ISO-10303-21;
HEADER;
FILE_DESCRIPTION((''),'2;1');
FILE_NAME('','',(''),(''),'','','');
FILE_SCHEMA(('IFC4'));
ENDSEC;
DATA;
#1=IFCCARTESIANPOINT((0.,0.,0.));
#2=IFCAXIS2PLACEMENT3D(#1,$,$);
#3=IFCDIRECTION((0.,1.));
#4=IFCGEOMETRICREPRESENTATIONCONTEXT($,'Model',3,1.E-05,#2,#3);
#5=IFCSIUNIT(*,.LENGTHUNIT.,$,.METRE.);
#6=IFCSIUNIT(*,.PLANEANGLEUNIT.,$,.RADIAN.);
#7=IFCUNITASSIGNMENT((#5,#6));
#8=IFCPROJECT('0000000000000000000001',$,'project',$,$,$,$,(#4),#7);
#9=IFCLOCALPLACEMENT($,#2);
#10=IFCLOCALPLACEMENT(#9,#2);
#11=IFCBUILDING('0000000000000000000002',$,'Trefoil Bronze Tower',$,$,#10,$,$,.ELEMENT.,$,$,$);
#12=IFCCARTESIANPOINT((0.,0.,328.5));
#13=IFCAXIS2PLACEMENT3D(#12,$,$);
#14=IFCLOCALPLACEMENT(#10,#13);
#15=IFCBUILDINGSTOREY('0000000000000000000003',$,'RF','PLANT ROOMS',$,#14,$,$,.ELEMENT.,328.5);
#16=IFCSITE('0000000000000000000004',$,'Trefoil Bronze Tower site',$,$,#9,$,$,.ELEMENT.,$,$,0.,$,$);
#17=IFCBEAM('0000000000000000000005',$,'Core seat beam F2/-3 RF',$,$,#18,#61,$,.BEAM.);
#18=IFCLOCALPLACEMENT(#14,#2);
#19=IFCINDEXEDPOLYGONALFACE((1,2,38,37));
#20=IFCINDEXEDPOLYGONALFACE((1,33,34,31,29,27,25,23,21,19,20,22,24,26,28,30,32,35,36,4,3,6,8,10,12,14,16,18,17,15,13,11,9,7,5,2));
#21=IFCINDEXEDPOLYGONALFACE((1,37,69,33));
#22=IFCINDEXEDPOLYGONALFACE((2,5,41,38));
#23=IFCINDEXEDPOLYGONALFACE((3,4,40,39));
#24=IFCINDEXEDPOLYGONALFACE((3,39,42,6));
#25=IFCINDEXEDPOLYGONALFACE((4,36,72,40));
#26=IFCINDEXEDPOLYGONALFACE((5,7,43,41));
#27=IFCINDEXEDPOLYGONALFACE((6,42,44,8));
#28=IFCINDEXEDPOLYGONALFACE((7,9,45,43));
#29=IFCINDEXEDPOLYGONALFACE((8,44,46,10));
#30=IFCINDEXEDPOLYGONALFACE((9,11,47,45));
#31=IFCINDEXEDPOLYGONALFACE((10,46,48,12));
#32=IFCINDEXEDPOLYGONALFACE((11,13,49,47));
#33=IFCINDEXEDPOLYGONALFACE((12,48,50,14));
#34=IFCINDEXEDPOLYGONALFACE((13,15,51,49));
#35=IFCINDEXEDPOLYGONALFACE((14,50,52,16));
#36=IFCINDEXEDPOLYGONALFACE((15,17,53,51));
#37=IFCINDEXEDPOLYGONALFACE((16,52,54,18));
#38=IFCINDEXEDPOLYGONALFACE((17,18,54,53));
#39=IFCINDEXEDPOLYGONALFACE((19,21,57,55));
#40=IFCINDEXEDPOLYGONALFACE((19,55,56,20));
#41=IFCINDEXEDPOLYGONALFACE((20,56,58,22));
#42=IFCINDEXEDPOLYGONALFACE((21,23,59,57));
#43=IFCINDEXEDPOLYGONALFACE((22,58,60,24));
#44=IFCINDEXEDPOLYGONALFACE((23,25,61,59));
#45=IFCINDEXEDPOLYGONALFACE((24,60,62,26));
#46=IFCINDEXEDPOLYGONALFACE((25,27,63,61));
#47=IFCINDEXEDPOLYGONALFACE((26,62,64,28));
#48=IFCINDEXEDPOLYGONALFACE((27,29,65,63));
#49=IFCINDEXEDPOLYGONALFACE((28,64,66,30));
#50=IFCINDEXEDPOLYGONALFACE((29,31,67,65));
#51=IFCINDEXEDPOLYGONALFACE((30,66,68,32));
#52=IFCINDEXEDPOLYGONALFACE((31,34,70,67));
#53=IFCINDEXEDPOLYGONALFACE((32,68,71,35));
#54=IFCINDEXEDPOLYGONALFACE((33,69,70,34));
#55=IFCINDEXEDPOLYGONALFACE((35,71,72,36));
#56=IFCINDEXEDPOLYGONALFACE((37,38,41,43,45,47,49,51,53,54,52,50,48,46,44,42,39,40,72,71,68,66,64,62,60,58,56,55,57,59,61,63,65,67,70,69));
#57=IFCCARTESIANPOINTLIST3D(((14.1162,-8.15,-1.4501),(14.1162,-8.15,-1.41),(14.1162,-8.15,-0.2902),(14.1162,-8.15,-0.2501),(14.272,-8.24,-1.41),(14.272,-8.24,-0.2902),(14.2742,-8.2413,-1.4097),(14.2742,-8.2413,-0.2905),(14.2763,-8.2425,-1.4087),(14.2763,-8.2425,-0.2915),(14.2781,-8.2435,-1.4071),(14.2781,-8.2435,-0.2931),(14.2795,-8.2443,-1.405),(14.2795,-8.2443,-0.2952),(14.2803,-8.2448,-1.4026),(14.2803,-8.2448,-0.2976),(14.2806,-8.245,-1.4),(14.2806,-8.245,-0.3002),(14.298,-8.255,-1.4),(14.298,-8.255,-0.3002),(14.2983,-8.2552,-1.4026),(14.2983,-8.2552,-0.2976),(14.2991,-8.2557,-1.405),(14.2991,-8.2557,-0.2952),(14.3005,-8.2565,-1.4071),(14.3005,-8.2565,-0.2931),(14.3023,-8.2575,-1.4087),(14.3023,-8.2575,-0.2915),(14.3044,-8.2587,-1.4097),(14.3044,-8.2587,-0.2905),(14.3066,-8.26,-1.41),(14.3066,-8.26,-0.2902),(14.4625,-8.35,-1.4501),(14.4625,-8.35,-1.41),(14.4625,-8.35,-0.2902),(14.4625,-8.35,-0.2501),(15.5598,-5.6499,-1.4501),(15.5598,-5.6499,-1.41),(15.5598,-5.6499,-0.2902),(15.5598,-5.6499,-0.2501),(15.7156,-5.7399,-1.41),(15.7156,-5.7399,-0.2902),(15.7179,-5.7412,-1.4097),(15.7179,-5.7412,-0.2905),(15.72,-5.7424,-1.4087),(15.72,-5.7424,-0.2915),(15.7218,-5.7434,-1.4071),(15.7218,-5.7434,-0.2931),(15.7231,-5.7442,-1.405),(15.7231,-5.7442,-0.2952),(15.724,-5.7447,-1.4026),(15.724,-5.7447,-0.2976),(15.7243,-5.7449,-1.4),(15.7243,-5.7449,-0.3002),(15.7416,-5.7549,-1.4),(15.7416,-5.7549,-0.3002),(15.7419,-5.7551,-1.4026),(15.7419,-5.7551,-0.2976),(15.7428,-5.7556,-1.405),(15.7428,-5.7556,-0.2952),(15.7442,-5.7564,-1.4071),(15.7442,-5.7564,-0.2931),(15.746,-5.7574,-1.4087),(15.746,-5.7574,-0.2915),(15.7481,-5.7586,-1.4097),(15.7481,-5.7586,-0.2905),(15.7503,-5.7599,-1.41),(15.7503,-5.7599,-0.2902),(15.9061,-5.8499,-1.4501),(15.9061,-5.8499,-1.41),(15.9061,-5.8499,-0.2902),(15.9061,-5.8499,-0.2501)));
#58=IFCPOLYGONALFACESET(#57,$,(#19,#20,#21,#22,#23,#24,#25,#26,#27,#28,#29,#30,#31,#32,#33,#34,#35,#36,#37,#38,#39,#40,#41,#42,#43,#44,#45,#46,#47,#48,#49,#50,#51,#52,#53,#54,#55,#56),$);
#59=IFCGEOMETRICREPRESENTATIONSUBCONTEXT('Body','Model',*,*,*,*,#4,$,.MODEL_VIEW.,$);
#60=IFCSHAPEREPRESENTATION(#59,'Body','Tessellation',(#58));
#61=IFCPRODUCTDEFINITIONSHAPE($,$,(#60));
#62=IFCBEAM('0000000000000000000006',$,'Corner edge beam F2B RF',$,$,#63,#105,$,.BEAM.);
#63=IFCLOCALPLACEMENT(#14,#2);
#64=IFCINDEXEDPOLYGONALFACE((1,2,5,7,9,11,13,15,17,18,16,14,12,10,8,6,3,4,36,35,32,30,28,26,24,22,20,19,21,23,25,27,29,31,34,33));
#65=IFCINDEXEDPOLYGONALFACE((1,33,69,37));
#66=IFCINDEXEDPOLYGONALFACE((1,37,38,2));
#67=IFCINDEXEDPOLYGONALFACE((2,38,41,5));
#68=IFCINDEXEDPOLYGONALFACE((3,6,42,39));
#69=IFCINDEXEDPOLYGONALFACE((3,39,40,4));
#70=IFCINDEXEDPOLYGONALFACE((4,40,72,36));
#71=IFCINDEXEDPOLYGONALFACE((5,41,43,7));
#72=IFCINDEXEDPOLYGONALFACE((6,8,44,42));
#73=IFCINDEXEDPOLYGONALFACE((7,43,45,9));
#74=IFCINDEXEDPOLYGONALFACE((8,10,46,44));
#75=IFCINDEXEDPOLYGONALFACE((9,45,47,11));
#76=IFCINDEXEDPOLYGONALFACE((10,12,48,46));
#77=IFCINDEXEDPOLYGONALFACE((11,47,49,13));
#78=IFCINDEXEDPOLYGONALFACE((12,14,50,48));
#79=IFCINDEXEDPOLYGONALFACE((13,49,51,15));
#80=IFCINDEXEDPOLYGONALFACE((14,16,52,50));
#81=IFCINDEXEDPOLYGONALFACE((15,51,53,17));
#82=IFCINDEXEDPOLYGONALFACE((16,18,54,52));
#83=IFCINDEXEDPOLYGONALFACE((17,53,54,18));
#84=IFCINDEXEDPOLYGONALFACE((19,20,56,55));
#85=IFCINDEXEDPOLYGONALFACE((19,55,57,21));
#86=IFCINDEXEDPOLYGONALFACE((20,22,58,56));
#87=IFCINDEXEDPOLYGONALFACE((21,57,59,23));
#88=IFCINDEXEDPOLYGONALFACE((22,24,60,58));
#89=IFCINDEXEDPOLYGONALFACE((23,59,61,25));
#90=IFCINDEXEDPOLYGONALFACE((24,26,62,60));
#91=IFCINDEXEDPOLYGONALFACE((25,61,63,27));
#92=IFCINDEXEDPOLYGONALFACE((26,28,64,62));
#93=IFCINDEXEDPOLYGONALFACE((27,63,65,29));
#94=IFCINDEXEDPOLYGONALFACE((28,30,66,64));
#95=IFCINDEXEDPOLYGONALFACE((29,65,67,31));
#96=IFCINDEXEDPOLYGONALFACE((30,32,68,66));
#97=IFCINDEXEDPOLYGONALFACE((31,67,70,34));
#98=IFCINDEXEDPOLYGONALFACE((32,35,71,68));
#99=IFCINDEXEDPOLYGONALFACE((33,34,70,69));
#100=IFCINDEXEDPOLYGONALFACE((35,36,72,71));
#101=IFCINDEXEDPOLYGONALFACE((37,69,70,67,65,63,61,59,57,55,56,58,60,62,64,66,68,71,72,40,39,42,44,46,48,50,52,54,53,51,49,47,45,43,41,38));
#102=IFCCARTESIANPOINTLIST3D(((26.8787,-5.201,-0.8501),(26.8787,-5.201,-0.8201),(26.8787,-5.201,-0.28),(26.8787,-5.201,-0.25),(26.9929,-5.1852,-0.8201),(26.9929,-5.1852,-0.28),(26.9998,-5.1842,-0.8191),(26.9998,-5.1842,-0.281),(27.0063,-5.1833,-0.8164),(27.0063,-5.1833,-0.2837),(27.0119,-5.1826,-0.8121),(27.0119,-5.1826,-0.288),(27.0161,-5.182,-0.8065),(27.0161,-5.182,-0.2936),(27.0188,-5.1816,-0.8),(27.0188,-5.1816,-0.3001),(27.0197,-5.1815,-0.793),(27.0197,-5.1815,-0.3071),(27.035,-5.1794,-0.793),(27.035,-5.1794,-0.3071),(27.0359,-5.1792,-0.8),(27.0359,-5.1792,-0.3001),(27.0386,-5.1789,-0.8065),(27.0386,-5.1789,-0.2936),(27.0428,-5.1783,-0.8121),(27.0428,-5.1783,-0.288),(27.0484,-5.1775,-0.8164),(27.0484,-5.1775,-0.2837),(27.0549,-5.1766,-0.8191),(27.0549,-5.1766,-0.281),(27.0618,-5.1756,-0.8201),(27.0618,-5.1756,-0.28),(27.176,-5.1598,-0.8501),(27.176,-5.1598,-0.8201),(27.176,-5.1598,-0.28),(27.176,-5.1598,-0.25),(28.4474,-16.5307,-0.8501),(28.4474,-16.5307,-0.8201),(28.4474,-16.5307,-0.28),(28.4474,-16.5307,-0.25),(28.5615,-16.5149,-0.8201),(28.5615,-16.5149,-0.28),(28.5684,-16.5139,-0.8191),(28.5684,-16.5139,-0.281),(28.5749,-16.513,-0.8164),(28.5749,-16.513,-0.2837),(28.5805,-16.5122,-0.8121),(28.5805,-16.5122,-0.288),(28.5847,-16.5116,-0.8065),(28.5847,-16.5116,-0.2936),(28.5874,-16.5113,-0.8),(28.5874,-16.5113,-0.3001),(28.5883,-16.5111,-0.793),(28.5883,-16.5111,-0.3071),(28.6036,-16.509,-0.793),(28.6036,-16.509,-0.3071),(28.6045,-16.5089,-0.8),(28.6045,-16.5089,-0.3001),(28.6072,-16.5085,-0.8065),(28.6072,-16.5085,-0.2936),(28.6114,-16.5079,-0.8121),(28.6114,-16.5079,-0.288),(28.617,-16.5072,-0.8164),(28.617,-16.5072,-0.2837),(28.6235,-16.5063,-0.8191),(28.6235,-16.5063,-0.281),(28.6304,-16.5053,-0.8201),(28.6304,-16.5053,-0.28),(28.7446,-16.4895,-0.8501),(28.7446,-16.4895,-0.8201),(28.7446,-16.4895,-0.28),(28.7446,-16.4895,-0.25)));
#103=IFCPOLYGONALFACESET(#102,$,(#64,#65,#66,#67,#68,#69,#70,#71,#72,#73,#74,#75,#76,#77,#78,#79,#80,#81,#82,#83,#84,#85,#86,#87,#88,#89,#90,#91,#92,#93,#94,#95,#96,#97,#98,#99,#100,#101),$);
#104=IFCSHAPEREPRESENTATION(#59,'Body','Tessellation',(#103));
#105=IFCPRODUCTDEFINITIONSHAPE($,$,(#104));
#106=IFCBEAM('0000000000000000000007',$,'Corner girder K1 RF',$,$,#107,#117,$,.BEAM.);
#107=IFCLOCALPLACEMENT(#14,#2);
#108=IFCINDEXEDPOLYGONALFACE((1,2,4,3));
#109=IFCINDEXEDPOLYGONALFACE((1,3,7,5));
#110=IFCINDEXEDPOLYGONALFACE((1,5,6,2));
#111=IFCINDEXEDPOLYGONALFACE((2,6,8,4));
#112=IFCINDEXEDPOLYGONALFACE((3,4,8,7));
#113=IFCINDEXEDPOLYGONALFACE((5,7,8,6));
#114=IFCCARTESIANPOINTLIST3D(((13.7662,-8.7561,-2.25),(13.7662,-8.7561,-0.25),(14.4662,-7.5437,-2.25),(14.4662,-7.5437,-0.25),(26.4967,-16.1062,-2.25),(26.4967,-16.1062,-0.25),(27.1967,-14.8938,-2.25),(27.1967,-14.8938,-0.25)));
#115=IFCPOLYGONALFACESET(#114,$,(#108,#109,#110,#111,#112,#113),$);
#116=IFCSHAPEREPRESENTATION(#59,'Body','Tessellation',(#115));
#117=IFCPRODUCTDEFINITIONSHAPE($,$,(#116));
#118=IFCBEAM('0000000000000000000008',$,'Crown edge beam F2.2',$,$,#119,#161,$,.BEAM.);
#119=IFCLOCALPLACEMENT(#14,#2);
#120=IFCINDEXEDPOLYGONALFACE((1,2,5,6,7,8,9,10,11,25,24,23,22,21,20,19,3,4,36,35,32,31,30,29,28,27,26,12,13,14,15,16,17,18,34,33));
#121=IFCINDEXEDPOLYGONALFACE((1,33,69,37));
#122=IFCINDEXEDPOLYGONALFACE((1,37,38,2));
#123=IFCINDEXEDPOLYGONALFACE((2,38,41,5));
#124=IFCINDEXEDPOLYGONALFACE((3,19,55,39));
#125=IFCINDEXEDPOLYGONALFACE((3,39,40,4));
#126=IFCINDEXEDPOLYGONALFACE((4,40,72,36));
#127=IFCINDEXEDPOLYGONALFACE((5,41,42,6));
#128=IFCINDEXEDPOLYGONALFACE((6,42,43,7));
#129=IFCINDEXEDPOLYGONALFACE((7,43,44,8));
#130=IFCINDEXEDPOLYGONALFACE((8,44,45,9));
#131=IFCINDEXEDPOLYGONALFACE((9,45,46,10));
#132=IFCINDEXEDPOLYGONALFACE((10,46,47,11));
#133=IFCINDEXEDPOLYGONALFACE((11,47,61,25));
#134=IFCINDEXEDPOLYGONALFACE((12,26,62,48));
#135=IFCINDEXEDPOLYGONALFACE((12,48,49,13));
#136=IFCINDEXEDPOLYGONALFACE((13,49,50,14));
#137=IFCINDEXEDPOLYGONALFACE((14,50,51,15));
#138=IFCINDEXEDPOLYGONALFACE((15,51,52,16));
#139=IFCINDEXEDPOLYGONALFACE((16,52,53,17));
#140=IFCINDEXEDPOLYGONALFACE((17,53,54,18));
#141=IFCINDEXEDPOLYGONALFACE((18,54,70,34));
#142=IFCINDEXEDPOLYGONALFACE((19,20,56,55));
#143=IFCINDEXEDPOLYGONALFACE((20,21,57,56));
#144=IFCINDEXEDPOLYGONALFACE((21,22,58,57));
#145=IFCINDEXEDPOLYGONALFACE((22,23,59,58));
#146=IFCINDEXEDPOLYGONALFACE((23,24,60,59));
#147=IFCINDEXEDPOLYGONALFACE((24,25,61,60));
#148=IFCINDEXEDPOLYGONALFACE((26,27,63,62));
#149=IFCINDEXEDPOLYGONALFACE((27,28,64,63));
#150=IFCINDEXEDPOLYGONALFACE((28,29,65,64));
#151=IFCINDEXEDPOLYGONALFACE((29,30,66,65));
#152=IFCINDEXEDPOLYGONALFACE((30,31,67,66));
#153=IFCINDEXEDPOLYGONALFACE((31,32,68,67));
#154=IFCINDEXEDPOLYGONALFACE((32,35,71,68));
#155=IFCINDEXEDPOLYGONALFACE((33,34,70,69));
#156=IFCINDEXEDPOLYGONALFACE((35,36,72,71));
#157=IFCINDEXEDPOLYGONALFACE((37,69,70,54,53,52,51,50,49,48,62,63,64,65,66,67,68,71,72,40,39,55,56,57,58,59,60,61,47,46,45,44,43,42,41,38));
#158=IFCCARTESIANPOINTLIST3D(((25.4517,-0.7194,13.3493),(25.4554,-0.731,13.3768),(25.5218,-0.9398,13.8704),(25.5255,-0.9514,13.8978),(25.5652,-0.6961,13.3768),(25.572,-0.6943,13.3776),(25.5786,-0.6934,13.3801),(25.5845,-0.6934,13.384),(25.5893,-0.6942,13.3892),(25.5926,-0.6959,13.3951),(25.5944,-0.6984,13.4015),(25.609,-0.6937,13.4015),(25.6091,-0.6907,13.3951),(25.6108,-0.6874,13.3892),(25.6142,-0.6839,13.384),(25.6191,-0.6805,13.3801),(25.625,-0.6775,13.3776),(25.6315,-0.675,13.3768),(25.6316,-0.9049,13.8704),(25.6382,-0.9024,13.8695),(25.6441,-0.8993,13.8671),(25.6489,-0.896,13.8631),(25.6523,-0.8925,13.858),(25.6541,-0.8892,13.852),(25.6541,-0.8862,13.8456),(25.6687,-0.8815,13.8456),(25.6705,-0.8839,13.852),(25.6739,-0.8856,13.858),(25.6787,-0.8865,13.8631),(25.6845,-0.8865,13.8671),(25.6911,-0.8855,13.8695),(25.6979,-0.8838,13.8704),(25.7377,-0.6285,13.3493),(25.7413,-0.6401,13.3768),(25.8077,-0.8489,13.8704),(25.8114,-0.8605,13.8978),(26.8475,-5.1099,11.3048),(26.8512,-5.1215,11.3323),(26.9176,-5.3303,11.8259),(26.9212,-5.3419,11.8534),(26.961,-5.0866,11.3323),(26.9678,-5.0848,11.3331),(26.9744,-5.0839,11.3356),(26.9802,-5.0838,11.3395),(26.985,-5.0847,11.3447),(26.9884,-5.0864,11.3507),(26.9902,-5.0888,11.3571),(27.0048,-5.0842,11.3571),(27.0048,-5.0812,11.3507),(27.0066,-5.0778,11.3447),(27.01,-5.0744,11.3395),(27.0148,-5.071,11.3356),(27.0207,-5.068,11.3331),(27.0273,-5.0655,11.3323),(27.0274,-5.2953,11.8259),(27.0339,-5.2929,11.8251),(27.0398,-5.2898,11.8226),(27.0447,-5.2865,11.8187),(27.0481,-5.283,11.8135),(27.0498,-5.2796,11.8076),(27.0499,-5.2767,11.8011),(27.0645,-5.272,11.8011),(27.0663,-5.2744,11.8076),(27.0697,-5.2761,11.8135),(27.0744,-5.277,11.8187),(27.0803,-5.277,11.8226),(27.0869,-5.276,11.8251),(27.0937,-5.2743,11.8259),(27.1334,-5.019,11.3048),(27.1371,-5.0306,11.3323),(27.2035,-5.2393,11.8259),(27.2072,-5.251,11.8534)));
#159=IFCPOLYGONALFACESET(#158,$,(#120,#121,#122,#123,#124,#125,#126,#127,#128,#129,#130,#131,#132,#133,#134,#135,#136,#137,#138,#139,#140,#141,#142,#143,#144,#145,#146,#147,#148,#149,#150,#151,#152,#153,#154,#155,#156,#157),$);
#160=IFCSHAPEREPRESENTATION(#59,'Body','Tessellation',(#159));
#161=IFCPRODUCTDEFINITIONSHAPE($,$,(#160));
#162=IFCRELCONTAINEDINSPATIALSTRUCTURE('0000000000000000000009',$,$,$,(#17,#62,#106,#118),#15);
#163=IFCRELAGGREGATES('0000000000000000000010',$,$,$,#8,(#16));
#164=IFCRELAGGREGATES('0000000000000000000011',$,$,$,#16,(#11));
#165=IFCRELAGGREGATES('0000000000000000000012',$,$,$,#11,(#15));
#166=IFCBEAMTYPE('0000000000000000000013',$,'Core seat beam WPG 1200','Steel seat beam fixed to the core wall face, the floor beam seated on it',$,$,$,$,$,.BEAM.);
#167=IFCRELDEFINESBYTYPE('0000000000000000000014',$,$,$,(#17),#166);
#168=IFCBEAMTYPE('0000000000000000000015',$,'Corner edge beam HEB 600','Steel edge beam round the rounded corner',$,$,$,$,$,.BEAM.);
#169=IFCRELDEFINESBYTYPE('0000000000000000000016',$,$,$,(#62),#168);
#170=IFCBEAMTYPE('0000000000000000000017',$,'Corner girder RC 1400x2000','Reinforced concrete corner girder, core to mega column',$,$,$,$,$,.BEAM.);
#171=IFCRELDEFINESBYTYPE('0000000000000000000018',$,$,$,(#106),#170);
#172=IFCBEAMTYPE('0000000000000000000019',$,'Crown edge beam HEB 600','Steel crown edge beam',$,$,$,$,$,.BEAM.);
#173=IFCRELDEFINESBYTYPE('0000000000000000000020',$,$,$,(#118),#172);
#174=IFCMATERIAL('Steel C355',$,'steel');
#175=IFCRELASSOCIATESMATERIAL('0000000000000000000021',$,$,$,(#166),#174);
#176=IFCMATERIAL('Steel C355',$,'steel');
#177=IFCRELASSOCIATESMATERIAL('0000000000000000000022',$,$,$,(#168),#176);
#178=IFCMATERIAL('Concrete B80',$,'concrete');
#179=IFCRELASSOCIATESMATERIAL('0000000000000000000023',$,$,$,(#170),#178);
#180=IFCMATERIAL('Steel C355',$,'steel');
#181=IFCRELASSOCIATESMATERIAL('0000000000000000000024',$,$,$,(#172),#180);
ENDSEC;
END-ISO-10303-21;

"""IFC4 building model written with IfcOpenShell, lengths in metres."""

from ifc_helpers import new_model, si_unit, direction, frame, origin, origin_2d, place, context, subcontext, project, spatial, rectangle, i_section, extrude, material, material_profile, profile_set, type_object, element, save


model = new_model("IFC4")

# Units and contexts
model_context = context("Model", 3, precision=1e-05, world=origin(), true_north=direction((0.0, 1.0)))
body_context = subcontext(model_context, "Body", "Model", "MODEL_VIEW")
ifc_project = project(units=[si_unit("LENGTHUNIT", "METRE"), si_unit("PLANEANGLEUNIT", "RADIAN")], contexts=[model_context])

# Site, building, storey
site_placement = place(None, origin())
site = spatial("IfcSite", under=ifc_project, at=site_placement, Name="Trefoil Bronze Tower site", CompositionType="ELEMENT", RefElevation=0.0)
building_placement = place(site_placement, origin())
building = spatial("IfcBuilding", under=site, at=building_placement, Name="Trefoil Bronze Tower", CompositionType="ELEMENT")
storey_placement = place(building_placement, frame((0.0, 0.0, 328.5)))
storey = spatial("IfcBuildingStorey", under=building, at=storey_placement, Name="RF", Description="PLANT ROOMS", CompositionType="ELEMENT", Elevation=328.5)

# Beams
ifc_material_1 = material(Name="Steel C355", Category="steel")
ifc_material_profile_1 = material_profile(ifc_material_1, i_section(OverallWidth=0.3999, OverallDepth=1.2, WebThickness=0.02, FlangeThickness=0.04, FilletRadius=0.01, at=origin_2d()), Name="WPG 1200")
ifc_profile_set_1 = profile_set([ifc_material_profile_1], Name="Steel C355")
beam_type_1 = type_object("IfcBeamType", Name="Core seat beam WPG 1200", Description="Steel seat beam fixed to the core wall face, the floor beam seated on it", PredefinedType="BEAM", material=ifc_profile_set_1)
beam_1_placement = place(storey_placement, frame((14.2893, -8.25, -0.8501), z_axis=(0.500059, 0.865991, 0.0), x_axis=(-0.865991, 0.500059, 0.0)))
element("IfcBeam", 1, at=beam_1_placement, inside=storey, type_object=beam_type_1, Name="Core seat beam F2/-3 RF", PredefinedType="BEAM", context=body_context, shape_type="SweptSolid", body=[
    extrude(i_section(OverallWidth=0.3999, OverallDepth=1.2, WebThickness=0.02, FlangeThickness=0.04, FilletRadius=0.01, at=origin_2d()), origin(), (0.0, 0.0, 1.0), 2.887),
])
ifc_material_2 = material(Name="Steel C355", Category="steel")
ifc_material_profile_2 = material_profile(ifc_material_2, i_section(OverallWidth=0.3, OverallDepth=0.6001, WebThickness=0.0154, FlangeThickness=0.03, FilletRadius=0.0271, at=origin_2d()), Name="HEB 600")
ifc_profile_set_2 = profile_set([ifc_material_profile_2], Name="Steel C355")
beam_type_2 = type_object("IfcBeamType", Name="Corner edge beam HEB 600", Description="Steel edge beam round the rounded corner", PredefinedType="BEAM", material=ifc_profile_set_2)
beam_2_placement = place(storey_placement, frame((27.0273, -5.1804, -0.55), z_axis=(0.137144, -0.990551, 0.0), x_axis=(0.990551, 0.137144, 0.0)))
element("IfcBeam", 2, at=beam_2_placement, inside=storey, type_object=beam_type_2, Name="Corner edge beam F2B RF", PredefinedType="BEAM", context=body_context, shape_type="SweptSolid", body=[
    extrude(i_section(OverallWidth=0.3, OverallDepth=0.6001, WebThickness=0.0154, FlangeThickness=0.03, FilletRadius=0.0271, at=origin_2d()), origin(), (0.0, 0.0, 1.0), 11.4377),
])
ifc_material_3 = material(Name="Concrete B80", Category="concrete")
ifc_material_profile_3 = material_profile(ifc_material_3, rectangle(XDim=1.3999, YDim=2.0, at=origin_2d()), Name="RC 1400x2000")
ifc_profile_set_3 = profile_set([ifc_material_profile_3], Name="Concrete B80")
beam_type_3 = type_object("IfcBeamType", Name="Corner girder RC 1400x2000", Description="Reinforced concrete corner girder, core to mega column", PredefinedType="BEAM", material=ifc_profile_set_3)
beam_3_placement = place(storey_placement, frame((14.1162, -8.1499, -1.25), z_axis=(0.866021, -0.500008, 0.0), x_axis=(0.500008, 0.866021, 0.0)))
element("IfcBeam", 3, at=beam_3_placement, inside=storey, type_object=beam_type_3, Name="Corner girder K1 RF", PredefinedType="BEAM", context=body_context, shape_type="SweptSolid", body=[
    extrude(rectangle(XDim=1.3999, YDim=2.0, at=origin_2d()), origin(), (0.0, 0.0, 1.0), 14.7),
])
ifc_material_4 = material(Name="Steel C355", Category="steel")
ifc_material_profile_4 = material_profile(ifc_material_4, i_section(OverallWidth=0.3, OverallDepth=0.6001, WebThickness=0.0154, FlangeThickness=0.03, FilletRadius=0.0271, at=origin_2d()), Name="HEB 600")
ifc_profile_set_4 = profile_set([ifc_material_profile_4], Name="Steel C355")
beam_type_4 = type_object("IfcBeamType", Name="Crown edge beam HEB 600", Description="Steel crown edge beam", PredefinedType="BEAM", material=ifc_profile_set_4)
beam_4_placement = place(storey_placement, frame((27.0273, -5.1804, 11.5791), z_axis=(-0.276926, 0.871079, 0.405628), x_axis=(-0.953, -0.30297, 0.0)))
element("IfcBeam", 4, at=beam_4_placement, inside=storey, type_object=beam_type_4, Name="Crown edge beam F2.2", PredefinedType="BEAM", context=body_context, shape_type="SweptSolid", body=[
    extrude(i_section(OverallWidth=0.3, OverallDepth=0.6001, WebThickness=0.0154, FlangeThickness=0.03, FilletRadius=0.0271, at=origin_2d()), origin(), (0.0, 0.0, 1.0), 5.0403),
])

save(model, "model.ifc")
